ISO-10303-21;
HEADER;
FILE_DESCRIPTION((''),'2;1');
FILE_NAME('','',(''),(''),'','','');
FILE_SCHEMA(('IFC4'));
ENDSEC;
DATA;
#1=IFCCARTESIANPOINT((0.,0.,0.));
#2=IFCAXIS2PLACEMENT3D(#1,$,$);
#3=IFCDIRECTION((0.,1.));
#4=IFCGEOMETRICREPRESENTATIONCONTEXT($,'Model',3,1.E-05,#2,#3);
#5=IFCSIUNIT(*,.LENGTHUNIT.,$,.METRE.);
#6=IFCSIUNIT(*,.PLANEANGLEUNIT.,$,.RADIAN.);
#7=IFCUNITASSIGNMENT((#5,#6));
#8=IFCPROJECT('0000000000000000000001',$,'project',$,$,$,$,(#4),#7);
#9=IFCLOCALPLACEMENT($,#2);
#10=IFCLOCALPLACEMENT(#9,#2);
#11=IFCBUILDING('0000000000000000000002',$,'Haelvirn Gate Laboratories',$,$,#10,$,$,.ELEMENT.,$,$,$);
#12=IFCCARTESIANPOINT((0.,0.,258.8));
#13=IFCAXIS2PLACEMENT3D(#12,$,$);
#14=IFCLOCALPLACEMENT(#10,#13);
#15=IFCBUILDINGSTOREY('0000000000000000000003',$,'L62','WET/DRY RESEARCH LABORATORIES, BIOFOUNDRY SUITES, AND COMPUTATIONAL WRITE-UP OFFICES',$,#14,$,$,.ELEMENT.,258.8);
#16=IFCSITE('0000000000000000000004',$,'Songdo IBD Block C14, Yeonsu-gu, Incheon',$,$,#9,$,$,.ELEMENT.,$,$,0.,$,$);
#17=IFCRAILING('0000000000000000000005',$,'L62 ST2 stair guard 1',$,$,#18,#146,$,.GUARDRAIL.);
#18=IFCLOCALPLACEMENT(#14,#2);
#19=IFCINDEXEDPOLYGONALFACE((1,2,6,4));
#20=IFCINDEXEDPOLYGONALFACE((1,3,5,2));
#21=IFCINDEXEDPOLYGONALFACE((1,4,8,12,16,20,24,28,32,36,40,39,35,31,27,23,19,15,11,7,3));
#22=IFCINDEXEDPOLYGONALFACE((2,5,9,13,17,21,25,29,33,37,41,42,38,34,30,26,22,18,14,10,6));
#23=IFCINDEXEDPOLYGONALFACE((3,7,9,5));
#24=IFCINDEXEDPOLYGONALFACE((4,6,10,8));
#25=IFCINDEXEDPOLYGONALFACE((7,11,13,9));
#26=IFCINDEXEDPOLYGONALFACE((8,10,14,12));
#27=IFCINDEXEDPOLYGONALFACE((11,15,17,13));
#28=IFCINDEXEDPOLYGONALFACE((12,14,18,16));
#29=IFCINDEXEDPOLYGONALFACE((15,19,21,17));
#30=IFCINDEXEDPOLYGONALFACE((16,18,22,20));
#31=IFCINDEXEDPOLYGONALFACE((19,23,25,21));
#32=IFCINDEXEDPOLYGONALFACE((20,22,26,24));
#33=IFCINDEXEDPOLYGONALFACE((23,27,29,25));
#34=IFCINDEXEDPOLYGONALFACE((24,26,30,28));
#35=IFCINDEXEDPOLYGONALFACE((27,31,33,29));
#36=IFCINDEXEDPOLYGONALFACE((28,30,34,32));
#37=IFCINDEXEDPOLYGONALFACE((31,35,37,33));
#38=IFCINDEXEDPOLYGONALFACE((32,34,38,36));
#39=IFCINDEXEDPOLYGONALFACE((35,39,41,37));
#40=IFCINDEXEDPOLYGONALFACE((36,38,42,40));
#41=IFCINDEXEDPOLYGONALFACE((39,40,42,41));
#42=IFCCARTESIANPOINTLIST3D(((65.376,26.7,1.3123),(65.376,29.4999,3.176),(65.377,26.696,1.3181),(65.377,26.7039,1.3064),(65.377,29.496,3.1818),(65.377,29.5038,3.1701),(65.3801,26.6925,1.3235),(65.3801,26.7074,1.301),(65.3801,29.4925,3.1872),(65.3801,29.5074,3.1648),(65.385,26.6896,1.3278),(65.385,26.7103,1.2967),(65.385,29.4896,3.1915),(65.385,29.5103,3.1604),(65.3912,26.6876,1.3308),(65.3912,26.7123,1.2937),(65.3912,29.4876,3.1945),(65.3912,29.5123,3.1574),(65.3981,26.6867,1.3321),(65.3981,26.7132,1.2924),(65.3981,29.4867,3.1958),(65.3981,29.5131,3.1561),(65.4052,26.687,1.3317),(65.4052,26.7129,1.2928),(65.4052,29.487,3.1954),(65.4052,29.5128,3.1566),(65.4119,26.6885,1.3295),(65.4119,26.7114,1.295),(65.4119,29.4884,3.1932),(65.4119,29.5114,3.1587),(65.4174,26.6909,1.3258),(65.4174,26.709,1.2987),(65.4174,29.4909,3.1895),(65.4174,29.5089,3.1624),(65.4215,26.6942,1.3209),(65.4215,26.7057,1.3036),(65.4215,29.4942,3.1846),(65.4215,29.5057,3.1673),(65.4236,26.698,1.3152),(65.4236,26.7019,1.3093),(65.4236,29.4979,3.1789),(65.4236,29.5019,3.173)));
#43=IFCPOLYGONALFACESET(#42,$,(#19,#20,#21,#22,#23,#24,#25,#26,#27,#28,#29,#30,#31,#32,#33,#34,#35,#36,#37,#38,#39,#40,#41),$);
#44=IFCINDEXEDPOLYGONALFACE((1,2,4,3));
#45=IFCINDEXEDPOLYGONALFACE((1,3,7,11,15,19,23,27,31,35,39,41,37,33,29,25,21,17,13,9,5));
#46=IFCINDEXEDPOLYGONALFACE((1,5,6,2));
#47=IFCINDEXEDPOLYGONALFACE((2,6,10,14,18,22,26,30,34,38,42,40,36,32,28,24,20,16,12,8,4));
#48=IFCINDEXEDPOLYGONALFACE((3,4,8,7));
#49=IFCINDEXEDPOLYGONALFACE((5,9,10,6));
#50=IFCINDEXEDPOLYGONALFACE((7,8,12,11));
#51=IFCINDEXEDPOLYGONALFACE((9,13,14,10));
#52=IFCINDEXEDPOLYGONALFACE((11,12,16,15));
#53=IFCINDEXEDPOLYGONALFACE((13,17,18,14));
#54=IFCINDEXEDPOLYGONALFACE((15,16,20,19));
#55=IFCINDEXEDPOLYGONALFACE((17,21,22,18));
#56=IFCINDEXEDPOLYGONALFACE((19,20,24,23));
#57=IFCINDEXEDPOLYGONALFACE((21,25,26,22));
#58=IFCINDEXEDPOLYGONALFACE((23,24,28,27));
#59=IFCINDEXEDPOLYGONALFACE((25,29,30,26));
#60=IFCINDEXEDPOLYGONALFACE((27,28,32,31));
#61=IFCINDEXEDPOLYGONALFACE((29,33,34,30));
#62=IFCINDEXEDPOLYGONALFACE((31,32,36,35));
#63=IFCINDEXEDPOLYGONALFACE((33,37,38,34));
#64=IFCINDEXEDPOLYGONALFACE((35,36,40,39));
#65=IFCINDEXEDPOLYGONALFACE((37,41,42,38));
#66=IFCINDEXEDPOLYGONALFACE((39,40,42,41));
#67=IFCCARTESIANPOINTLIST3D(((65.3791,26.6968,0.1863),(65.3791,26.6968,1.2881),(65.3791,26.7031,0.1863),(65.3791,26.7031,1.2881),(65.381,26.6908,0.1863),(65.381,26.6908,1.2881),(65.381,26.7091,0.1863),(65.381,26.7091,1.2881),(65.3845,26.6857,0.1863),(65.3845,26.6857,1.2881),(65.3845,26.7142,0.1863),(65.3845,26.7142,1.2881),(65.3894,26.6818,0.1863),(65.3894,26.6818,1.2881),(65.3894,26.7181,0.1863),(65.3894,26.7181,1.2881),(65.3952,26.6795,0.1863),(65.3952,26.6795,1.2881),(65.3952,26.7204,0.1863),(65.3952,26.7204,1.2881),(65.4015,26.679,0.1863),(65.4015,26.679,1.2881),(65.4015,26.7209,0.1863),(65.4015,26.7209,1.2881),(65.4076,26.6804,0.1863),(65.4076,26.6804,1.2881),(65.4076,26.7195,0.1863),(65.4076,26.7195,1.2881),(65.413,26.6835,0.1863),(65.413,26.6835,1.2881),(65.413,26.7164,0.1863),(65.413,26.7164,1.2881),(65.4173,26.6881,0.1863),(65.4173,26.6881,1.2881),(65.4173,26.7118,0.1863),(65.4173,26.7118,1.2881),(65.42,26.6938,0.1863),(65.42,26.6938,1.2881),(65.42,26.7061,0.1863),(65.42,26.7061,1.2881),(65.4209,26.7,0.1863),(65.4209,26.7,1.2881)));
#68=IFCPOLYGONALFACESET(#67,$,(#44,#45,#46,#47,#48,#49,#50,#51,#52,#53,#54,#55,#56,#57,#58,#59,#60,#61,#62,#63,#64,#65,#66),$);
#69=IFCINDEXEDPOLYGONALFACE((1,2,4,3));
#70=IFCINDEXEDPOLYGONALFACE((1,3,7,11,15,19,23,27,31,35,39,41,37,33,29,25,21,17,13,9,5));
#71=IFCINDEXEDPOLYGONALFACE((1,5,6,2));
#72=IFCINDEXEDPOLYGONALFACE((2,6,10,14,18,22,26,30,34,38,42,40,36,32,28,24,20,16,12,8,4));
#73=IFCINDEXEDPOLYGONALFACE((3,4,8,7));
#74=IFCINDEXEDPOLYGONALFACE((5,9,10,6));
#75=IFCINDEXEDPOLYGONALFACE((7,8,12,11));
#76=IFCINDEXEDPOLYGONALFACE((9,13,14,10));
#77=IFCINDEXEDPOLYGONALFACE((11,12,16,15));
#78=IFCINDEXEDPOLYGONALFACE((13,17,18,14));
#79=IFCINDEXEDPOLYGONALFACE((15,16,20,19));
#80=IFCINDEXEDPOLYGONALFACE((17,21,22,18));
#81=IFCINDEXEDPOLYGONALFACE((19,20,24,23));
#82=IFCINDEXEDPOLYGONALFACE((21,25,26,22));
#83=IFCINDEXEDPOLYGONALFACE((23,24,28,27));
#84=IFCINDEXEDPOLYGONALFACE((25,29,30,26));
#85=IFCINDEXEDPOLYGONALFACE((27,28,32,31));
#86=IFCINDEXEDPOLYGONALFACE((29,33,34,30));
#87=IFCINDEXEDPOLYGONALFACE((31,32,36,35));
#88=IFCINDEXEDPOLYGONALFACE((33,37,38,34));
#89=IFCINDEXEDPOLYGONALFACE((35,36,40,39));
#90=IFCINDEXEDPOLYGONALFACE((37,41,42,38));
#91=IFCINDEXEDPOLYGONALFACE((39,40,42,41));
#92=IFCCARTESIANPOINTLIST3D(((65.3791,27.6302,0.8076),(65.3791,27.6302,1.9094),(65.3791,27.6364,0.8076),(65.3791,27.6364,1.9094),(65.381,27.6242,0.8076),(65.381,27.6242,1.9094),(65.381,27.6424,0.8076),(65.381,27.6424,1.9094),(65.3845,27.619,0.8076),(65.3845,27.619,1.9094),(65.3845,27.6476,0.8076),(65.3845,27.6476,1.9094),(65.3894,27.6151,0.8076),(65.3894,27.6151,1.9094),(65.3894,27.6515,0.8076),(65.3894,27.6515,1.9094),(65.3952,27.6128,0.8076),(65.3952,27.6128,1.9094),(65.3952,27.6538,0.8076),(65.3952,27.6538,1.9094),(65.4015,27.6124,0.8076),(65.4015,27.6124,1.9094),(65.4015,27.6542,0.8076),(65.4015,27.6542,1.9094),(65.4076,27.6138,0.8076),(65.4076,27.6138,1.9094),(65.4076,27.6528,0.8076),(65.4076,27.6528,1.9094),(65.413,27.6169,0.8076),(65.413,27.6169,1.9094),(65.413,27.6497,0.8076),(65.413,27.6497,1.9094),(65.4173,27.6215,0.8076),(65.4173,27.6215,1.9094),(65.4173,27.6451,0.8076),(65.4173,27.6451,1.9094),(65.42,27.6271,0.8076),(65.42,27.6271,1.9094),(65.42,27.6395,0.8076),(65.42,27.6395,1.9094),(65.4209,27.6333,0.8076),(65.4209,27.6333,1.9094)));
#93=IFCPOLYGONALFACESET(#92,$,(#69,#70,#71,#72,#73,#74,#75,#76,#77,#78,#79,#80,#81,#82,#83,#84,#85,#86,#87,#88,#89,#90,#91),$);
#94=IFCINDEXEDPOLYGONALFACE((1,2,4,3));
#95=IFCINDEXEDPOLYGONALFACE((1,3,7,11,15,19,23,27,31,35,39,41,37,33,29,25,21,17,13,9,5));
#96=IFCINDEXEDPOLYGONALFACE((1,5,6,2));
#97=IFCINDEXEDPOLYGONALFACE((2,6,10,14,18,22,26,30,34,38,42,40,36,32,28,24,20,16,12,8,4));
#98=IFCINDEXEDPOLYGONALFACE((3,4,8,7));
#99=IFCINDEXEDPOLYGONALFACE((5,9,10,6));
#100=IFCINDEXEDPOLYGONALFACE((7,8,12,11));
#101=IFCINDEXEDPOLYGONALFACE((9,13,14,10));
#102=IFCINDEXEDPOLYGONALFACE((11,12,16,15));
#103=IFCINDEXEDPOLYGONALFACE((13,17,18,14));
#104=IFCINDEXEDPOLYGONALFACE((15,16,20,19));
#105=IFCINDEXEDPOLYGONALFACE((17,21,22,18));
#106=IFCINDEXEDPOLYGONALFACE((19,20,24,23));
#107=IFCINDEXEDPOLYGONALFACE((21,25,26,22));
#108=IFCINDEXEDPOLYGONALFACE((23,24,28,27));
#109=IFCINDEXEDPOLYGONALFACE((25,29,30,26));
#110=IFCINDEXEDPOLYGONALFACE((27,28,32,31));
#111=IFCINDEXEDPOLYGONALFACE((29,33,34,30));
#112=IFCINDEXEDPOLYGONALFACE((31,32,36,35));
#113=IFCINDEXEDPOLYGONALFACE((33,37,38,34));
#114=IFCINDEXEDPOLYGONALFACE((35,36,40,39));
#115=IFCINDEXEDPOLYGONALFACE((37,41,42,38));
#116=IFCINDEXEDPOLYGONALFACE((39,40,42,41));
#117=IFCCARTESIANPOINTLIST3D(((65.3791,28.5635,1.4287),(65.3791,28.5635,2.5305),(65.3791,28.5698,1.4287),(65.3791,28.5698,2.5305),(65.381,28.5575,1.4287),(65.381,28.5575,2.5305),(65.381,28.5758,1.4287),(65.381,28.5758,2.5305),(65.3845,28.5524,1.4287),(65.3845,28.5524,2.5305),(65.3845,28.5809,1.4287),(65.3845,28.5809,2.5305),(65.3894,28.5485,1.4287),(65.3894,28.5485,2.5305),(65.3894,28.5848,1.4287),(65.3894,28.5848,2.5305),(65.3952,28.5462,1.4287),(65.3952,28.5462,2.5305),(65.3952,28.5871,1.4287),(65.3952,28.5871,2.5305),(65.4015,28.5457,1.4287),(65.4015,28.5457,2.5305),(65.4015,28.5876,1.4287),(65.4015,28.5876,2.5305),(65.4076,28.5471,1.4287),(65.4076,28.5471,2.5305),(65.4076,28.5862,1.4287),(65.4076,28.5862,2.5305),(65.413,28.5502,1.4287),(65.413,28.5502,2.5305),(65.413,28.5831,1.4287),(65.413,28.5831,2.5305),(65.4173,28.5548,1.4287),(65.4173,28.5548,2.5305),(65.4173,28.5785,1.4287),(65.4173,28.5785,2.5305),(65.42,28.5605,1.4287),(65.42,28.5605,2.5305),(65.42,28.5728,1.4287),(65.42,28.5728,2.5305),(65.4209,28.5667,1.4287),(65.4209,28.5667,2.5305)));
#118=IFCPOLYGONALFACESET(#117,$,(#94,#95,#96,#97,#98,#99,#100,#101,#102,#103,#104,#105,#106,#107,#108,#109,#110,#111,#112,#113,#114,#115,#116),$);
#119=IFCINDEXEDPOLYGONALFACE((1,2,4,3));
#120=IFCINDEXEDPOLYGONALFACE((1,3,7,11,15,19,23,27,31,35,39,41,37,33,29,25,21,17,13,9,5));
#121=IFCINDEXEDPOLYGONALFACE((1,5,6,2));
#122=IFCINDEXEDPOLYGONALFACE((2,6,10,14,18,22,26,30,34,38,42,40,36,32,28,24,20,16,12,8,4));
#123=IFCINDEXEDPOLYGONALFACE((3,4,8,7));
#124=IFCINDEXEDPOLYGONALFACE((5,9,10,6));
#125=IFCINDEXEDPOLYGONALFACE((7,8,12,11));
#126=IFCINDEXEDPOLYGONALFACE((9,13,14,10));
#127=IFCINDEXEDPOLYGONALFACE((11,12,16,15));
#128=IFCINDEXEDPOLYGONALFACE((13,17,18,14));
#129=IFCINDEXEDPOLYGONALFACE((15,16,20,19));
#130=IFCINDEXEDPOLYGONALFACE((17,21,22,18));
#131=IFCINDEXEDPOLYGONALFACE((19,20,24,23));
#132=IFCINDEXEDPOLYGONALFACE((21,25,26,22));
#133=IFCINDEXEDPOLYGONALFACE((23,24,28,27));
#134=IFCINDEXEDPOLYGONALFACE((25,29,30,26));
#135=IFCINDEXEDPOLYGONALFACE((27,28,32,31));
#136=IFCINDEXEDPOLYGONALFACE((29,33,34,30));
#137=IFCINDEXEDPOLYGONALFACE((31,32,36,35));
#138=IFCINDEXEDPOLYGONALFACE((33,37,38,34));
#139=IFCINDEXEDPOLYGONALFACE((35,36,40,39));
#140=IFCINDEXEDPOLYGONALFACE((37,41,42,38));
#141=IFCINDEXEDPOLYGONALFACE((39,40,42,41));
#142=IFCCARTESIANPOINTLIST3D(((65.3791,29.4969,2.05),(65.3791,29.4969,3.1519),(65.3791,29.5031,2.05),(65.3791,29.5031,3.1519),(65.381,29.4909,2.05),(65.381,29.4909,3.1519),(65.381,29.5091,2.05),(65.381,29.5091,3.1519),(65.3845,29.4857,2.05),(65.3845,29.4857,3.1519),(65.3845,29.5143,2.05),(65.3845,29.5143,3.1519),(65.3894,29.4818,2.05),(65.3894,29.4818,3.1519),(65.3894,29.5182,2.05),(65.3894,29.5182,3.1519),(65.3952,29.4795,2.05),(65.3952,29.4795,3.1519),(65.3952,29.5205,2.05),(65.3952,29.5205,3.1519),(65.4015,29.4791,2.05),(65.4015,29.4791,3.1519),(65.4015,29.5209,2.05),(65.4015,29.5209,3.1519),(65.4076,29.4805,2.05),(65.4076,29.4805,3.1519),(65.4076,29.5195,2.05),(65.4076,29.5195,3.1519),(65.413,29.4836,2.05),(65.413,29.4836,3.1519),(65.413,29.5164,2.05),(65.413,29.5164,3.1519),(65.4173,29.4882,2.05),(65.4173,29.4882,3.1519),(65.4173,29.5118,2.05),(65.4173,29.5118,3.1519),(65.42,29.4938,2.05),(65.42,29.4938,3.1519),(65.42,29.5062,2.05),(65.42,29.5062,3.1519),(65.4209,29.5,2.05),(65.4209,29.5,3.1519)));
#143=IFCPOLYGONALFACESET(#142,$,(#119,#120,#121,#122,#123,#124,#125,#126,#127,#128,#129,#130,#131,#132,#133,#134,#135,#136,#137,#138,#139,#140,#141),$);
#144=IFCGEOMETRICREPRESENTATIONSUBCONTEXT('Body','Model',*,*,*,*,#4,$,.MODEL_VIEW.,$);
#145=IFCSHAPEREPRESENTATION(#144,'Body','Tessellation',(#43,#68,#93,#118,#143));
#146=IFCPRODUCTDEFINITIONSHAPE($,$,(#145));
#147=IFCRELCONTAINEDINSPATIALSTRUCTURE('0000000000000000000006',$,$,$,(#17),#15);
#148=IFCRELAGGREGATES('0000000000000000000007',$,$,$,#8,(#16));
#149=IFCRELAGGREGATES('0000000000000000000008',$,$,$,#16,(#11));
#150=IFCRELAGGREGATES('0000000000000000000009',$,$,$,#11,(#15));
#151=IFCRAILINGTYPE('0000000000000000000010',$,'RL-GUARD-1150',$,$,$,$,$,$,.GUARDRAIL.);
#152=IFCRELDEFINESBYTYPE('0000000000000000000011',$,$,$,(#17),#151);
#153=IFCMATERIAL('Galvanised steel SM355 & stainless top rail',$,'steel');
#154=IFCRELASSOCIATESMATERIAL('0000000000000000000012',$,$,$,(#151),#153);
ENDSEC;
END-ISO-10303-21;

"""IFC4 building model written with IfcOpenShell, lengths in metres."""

from ifc_helpers import new_model, si_unit, direction, frame, origin, origin_2d, place, context, subcontext, project, spatial, circle, extrude, source, transform, mapped, material, type_object, element, save


model = new_model("IFC4")

# Units and contexts
model_context = context("Model", 3, precision=1e-05, world=origin(), true_north=direction((0.0, 1.0)))
body_context = subcontext(model_context, "Body", "Model", "MODEL_VIEW")
ifc_project = project(units=[si_unit("LENGTHUNIT", "METRE"), si_unit("PLANEANGLEUNIT", "RADIAN")], contexts=[model_context])

# Site, building, storey
site_placement = place(None, origin())
site = spatial("IfcSite", under=ifc_project, at=site_placement, Name="Songdo IBD Block C14, Yeonsu-gu, Incheon", CompositionType="ELEMENT", RefElevation=0.0)
building_placement = place(site_placement, origin())
building = spatial("IfcBuilding", under=site, at=building_placement, Name="Haelvirn Gate Laboratories", CompositionType="ELEMENT")
storey_placement = place(building_placement, frame((0.0, 0.0, 258.8)))
storey = spatial("IfcBuildingStorey", under=building, at=storey_placement, Name="L62", Description="WET/DRY RESEARCH LABORATORIES, BIOFOUNDRY SUITES, AND COMPUTATIONAL WRITE-UP OFFICES", CompositionType="ELEMENT", Elevation=258.8)

# Railing
ifc_material_1 = material(Name="Galvanised steel SM355 & stainless top rail", Category="steel")
railing_type_1 = type_object("IfcRailingType", Name="RL-GUARD-1150", PredefinedType="GUARDRAIL", material=ifc_material_1)
shared_shape_1 = source(origin(), body_context, "Body", "SweptSolid", [
    extrude(circle(Radius=0.0239, at=origin_2d()), frame((0.0, 0.0, 1.126), z_axis=(0.0, 0.832452, 0.554097), x_axis=(-1.0, 0.0, 0.0)), (0.0, 0.0, 1.0), 3.3635),
    extrude(circle(Radius=0.021, at=origin_2d()), origin(), (0.0, 0.0, 1.0), 1.1018),
    extrude(circle(Radius=0.021, at=origin_2d()), frame((0.0, 0.9333, 0.6213)), (0.0, 0.0, 1.0), 1.1018),
    extrude(circle(Radius=0.021, at=origin_2d()), frame((0.0, 1.8667, 1.2424)), (0.0, 0.0, 1.0), 1.1018),
    extrude(circle(Radius=0.021, at=origin_2d()), frame((0.0, 2.8, 1.8638)), (0.0, 0.0, 1.0), 1.1018),
])
railing_1_placement = place(storey_placement, frame((65.3999, 26.7, 0.1863)))
element("IfcRailing", 1, at=railing_1_placement, inside=storey, type_object=railing_type_1, Name="L62 ST2 stair guard 1", PredefinedType="GUARDRAIL", context=body_context, shape_type="MappedRepresentation", body=[
    mapped(shared_shape_1, transform((0.0, 0.0, 0.0), scale=1.0)),
])

save(model, "model.ifc")
